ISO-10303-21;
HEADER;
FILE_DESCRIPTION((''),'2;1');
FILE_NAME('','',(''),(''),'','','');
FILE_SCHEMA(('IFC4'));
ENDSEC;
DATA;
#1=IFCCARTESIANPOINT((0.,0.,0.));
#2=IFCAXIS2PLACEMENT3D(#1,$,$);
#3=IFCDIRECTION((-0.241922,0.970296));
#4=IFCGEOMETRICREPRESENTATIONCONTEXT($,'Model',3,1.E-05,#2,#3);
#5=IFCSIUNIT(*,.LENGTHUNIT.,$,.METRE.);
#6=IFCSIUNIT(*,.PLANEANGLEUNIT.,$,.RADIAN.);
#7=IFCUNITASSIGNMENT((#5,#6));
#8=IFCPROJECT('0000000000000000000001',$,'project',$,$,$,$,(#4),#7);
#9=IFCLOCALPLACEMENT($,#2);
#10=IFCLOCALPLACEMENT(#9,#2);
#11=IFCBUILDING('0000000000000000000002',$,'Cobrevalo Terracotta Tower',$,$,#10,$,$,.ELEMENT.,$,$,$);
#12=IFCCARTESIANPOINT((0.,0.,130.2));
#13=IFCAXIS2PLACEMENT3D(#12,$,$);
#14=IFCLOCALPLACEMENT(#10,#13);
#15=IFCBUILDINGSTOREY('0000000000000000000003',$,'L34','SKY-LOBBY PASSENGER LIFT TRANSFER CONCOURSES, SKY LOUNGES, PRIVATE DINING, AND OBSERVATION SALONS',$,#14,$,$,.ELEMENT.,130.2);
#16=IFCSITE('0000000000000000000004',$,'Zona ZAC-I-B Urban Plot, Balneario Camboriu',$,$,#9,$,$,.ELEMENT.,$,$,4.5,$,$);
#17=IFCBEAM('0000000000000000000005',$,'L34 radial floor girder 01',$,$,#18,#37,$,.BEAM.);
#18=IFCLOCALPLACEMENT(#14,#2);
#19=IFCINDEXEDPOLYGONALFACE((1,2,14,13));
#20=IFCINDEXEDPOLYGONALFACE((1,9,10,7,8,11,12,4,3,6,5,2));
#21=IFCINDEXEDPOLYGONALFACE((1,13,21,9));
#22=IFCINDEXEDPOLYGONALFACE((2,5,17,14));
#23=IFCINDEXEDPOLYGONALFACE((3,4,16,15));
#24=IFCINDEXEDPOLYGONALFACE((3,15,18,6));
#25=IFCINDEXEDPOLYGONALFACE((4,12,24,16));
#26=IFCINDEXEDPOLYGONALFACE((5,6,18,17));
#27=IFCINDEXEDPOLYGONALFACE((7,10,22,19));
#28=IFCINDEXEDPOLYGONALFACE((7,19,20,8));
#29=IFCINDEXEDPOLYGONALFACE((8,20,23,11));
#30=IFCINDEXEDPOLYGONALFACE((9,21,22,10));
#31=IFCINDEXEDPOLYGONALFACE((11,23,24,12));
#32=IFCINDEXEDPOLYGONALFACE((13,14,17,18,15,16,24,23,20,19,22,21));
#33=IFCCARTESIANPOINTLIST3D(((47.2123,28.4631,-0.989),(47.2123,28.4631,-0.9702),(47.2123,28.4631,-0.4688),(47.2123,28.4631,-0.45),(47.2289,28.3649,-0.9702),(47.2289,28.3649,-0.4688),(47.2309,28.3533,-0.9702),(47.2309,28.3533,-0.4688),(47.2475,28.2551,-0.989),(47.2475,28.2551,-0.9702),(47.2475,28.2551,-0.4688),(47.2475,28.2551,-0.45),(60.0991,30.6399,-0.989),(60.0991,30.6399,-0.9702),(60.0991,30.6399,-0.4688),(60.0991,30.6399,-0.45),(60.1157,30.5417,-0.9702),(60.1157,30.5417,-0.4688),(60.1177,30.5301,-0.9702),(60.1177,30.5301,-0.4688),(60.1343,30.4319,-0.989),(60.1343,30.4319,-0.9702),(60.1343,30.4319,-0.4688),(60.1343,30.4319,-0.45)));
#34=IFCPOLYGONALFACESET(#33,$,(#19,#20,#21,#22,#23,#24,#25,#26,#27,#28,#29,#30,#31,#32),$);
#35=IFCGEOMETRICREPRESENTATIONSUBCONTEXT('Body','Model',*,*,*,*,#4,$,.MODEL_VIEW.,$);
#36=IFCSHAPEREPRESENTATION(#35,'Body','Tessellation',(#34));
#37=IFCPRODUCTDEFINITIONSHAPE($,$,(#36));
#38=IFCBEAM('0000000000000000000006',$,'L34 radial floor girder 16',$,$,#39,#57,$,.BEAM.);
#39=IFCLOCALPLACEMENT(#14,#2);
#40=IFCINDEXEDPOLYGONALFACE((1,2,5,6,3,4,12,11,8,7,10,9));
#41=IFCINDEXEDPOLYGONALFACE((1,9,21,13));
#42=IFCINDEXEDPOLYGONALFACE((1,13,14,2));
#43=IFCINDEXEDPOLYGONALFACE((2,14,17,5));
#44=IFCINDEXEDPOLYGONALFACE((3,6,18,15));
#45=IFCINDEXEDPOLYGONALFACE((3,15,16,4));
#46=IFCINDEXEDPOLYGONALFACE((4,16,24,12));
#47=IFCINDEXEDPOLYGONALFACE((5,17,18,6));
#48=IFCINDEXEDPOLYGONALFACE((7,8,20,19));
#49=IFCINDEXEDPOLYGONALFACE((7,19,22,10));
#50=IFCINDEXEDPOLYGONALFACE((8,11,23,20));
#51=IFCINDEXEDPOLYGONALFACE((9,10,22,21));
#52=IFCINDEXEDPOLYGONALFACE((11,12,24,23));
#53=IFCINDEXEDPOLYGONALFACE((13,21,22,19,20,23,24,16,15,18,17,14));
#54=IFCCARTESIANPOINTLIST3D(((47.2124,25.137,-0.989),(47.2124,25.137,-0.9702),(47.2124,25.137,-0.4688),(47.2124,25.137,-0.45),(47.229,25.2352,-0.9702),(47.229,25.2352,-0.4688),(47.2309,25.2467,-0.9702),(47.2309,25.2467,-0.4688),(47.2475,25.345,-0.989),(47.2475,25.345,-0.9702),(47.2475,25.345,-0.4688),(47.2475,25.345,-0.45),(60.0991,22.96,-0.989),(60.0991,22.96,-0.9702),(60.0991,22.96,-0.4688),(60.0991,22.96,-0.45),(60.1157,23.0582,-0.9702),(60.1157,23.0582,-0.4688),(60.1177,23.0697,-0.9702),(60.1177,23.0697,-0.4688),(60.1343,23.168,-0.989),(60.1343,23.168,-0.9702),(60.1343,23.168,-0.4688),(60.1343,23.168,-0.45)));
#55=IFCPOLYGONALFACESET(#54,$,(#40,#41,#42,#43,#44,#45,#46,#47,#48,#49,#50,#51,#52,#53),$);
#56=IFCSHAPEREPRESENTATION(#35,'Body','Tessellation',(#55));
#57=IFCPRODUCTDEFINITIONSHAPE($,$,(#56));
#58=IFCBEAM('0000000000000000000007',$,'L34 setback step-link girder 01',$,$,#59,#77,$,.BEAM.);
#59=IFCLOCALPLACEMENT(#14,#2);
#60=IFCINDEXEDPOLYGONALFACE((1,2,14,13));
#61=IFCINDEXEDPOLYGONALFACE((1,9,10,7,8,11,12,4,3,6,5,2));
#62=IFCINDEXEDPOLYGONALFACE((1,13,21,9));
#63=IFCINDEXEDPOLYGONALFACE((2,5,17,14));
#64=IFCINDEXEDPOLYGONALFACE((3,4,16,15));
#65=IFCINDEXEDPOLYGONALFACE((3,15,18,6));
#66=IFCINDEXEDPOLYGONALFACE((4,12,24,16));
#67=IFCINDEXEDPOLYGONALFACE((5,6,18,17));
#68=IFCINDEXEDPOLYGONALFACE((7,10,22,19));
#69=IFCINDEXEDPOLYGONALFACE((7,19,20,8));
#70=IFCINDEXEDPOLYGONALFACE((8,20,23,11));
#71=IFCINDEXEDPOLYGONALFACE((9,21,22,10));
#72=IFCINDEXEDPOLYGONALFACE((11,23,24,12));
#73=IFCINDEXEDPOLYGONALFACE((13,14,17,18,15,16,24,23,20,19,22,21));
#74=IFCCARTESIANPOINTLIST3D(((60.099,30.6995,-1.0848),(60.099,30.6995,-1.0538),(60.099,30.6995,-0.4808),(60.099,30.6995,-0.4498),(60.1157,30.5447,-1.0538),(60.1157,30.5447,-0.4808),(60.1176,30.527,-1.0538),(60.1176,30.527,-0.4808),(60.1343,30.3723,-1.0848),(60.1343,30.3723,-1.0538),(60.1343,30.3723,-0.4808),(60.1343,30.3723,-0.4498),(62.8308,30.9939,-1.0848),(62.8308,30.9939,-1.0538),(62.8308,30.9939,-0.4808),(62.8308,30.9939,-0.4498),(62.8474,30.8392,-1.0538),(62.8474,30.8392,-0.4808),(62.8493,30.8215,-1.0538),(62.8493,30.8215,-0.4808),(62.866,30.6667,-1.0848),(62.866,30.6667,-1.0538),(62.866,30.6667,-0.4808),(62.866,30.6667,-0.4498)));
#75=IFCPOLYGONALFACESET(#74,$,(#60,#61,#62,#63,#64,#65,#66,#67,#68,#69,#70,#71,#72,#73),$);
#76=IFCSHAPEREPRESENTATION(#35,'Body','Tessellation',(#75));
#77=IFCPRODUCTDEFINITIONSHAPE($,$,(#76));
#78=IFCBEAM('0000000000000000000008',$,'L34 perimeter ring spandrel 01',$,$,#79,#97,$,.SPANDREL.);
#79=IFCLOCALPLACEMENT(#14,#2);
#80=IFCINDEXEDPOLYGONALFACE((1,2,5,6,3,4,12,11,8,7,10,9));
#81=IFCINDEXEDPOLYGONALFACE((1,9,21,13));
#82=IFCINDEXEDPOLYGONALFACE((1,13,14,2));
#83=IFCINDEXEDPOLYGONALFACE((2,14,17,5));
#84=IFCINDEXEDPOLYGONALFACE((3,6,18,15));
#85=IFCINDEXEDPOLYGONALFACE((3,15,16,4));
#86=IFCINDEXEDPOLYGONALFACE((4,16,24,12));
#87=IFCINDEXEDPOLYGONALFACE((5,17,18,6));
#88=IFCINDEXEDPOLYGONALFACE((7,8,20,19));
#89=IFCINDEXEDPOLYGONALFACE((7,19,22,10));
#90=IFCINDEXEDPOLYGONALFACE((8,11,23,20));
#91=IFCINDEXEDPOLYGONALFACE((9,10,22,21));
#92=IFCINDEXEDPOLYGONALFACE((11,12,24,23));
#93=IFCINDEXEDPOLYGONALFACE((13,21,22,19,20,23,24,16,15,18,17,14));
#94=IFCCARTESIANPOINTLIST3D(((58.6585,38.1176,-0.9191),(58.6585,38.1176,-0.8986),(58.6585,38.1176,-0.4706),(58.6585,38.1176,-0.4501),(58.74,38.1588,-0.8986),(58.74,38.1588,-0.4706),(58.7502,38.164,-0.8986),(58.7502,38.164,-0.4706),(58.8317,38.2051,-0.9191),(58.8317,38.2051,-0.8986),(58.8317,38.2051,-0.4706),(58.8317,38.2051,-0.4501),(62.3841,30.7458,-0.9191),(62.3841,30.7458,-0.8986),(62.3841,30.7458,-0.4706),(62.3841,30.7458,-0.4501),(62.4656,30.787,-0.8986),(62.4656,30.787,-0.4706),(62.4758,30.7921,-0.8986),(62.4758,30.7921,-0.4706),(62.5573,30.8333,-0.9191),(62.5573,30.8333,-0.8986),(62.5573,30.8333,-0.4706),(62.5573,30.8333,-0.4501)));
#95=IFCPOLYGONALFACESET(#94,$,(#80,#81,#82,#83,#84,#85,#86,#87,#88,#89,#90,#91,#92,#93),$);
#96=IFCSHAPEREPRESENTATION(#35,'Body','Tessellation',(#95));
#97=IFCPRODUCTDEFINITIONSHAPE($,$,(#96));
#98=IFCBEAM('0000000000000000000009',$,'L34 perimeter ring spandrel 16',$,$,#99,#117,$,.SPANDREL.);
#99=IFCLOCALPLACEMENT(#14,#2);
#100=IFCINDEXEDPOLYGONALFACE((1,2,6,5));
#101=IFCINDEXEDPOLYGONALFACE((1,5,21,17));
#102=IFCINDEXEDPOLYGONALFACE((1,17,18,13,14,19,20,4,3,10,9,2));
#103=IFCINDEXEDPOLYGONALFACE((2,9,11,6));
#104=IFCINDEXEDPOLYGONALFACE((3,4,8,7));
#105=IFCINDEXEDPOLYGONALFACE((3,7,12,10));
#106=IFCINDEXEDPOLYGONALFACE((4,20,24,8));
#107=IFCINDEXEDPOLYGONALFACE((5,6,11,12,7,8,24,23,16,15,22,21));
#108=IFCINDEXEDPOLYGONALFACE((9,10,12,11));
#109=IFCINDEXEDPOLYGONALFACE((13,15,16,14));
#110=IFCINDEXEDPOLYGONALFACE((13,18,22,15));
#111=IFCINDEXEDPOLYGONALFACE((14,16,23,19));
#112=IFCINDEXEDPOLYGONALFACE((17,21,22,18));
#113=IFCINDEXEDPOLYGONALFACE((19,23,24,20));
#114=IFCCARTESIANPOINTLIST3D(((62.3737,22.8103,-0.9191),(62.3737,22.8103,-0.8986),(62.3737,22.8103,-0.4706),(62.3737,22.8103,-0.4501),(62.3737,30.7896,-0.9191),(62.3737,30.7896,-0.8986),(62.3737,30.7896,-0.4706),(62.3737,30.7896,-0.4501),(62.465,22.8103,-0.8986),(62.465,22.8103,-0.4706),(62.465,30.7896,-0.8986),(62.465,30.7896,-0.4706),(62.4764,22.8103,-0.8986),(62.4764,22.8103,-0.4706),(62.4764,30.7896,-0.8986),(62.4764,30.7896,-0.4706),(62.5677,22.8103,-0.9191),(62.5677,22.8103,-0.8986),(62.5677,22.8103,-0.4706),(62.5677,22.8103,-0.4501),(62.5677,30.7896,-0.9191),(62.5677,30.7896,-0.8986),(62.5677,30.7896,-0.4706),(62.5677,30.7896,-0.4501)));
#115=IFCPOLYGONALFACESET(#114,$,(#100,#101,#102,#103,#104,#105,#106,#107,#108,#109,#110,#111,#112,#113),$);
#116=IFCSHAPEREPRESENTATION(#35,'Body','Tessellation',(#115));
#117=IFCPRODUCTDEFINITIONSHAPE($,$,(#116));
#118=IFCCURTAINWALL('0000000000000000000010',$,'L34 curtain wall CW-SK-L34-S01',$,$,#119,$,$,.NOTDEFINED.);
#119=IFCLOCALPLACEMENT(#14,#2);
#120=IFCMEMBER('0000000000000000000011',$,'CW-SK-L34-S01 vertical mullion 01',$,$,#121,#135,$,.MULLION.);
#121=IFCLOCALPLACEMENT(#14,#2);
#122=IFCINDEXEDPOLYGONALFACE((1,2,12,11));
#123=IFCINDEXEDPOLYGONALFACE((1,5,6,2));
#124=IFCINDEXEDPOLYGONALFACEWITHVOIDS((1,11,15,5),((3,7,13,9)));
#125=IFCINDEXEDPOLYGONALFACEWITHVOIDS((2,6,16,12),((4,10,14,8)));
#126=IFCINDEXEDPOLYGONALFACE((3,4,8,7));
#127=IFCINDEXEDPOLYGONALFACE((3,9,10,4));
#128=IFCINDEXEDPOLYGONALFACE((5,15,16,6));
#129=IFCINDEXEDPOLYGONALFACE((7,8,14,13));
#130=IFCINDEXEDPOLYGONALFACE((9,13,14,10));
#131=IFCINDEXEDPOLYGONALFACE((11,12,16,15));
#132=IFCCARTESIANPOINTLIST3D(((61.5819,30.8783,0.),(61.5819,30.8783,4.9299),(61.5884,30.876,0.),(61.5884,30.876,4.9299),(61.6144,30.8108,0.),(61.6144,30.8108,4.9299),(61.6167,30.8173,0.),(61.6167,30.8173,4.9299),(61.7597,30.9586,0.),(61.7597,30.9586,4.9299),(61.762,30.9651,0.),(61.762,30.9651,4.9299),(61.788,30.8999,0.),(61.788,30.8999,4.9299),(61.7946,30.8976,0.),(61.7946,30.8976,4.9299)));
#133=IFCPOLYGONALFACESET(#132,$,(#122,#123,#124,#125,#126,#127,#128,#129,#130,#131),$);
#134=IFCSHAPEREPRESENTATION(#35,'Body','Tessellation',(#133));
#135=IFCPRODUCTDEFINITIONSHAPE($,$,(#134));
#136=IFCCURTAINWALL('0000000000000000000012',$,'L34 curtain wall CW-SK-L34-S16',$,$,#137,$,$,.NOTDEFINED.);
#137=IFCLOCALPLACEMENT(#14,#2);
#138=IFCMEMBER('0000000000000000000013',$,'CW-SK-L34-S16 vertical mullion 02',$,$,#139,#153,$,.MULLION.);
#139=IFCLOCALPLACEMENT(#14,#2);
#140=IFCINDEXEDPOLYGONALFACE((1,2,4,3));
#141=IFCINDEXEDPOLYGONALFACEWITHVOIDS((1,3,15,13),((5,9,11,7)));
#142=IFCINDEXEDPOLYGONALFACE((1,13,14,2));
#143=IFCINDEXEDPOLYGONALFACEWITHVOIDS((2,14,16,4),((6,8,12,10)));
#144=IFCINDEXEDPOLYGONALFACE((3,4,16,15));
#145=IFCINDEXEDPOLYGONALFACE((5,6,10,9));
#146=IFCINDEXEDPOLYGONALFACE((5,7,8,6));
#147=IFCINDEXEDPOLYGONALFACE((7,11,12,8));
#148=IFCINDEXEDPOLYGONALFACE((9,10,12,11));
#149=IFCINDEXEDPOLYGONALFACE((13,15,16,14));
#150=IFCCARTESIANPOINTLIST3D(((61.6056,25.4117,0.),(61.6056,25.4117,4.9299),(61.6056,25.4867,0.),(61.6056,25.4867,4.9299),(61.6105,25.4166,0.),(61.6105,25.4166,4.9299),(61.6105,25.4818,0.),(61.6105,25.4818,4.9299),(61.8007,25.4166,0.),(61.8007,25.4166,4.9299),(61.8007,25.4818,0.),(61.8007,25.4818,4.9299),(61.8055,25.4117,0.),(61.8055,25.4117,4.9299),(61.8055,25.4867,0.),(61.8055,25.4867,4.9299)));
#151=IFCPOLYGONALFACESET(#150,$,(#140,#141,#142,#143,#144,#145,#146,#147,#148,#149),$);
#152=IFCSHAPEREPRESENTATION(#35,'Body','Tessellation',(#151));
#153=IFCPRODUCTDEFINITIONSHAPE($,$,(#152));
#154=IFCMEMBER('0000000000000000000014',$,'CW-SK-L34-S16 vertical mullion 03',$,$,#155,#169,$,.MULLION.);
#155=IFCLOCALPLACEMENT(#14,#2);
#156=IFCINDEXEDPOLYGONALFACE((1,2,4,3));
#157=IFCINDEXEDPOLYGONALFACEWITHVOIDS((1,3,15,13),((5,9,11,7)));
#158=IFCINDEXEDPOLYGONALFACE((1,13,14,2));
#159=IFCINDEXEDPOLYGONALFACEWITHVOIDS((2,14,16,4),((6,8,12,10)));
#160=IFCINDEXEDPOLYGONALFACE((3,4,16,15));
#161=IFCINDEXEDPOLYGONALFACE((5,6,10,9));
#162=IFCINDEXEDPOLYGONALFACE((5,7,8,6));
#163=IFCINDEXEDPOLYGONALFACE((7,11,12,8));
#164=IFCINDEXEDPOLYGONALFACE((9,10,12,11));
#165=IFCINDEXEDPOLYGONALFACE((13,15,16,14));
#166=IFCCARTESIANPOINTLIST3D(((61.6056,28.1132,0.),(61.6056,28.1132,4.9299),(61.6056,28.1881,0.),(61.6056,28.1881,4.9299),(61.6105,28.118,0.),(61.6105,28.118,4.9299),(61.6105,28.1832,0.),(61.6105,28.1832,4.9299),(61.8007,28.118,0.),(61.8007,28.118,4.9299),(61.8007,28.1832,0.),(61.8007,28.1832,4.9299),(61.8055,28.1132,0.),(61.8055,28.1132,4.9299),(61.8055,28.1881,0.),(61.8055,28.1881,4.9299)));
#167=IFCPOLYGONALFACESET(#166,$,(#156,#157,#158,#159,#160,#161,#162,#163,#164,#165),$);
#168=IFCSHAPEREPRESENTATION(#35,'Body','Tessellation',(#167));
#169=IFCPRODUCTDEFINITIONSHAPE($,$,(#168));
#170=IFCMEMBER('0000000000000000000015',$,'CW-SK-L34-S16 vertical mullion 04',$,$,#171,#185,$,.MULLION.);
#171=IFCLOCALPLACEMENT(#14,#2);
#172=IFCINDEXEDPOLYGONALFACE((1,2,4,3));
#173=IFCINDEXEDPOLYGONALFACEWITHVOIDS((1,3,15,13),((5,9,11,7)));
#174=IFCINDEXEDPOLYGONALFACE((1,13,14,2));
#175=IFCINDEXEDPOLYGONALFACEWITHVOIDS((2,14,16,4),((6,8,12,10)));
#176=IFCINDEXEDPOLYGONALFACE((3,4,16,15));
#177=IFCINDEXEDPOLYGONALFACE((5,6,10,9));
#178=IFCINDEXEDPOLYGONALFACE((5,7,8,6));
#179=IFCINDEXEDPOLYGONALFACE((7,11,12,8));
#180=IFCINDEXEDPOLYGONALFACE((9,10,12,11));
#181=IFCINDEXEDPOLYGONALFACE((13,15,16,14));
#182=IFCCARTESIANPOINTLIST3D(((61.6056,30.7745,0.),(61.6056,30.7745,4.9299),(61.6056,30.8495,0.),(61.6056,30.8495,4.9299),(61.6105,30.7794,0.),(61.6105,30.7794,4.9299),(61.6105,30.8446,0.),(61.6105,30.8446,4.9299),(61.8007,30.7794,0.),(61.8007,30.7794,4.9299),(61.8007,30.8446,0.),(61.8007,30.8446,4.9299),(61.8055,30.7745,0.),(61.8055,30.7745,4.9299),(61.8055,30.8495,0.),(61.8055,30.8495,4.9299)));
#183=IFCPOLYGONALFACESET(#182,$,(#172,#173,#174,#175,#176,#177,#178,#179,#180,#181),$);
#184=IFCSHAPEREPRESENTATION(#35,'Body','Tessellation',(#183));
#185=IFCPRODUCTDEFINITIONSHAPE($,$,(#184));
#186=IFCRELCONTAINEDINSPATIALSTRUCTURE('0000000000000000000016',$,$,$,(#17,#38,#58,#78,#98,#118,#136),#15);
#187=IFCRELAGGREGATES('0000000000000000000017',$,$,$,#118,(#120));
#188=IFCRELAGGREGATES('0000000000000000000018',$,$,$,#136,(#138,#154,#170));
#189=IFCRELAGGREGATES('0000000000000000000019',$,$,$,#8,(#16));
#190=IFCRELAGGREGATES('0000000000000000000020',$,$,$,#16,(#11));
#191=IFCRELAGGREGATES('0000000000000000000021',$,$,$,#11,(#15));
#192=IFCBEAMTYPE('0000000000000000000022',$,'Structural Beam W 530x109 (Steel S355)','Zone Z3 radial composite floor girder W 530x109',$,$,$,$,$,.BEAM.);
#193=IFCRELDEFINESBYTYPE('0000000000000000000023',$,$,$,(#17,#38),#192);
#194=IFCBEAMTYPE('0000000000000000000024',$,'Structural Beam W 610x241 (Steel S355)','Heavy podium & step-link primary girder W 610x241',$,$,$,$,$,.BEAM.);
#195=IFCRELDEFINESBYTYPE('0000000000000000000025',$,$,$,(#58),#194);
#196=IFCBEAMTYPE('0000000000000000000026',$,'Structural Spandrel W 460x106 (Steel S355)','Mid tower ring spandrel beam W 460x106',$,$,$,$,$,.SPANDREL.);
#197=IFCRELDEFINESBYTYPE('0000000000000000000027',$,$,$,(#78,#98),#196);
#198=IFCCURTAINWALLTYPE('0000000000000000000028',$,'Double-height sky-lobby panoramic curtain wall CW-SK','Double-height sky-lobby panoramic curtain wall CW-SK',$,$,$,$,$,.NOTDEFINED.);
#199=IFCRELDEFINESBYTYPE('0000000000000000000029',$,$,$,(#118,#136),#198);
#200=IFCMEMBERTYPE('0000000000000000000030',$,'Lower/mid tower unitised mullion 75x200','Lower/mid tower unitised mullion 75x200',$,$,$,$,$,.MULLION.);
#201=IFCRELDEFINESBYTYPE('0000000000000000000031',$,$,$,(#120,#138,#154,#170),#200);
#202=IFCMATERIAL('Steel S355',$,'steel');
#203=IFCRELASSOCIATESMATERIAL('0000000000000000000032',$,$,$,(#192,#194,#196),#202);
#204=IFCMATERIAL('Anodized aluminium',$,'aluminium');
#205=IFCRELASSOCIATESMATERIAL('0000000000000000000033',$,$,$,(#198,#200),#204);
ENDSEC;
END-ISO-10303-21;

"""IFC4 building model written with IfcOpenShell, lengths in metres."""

from ifc_helpers import new_model, si_unit, direction, frame, origin, origin_2d, place, context, subcontext, project, spatial, hollow_rectangle, i_section, extrude, source, transform, mapped, material, material_profile, profile_set, type_object, element, aggregate, save


model = new_model("IFC4")

# Units and contexts
model_context = context("Model", 3, precision=1e-05, world=origin(), true_north=direction((-0.241922, 0.970296)))
body_context = subcontext(model_context, "Body", "Model", "MODEL_VIEW")
ifc_project = project(units=[si_unit("LENGTHUNIT", "METRE"), si_unit("PLANEANGLEUNIT", "RADIAN")], contexts=[model_context])

# Site, building, storey
site_placement = place(None, origin())
site = spatial("IfcSite", under=ifc_project, at=site_placement, Name="Zona ZAC-I-B Urban Plot, Balneario Camboriu", CompositionType="ELEMENT", RefElevation=4.5)
building_placement = place(site_placement, origin())
building = spatial("IfcBuilding", under=site, at=building_placement, Name="Cobrevalo Terracotta Tower", CompositionType="ELEMENT")
storey_placement = place(building_placement, frame((0.0, 0.0, 130.2)))
storey = spatial("IfcBuildingStorey", under=building, at=storey_placement, Name="L34", Description="SKY-LOBBY PASSENGER LIFT TRANSFER CONCOURSES, SKY LOUNGES, PRIVATE DINING, AND OBSERVATION SALONS", CompositionType="ELEMENT", Elevation=130.2)

# Shared definitions
ifc_material_1 = material(Name="Steel S355", Category="steel")

# Beams
ifc_material_profile_1 = material_profile(ifc_material_1, i_section(OverallWidth=0.2109, OverallDepth=0.5391, WebThickness=0.0117, FlangeThickness=0.0188, at=origin_2d()), Name="W 530x109")
ifc_profile_set_1 = profile_set([ifc_material_profile_1], Name="Steel S355")
beam_type_1 = type_object("IfcBeamType", Name="Structural Beam W 530x109 (Steel S355)", Description="Zone Z3 radial composite floor girder W 530x109", PredefinedType="BEAM", material=ifc_profile_set_1)
for number, where, z_axis, x_axis, name in (
    (1, (60.1167, 30.5359, -0.7195), (-0.986032, -0.166555, 0.0), (0.166555, -0.986032, 0.0), "L34 radial floor girder 01"),
    (2, (60.1167, 23.064, -0.7195), (-0.986029, 0.166574, 0.0), (-0.166574, -0.986029, 0.0), "L34 radial floor girder 16"),
):
    element("IfcBeam", number, at=place(storey_placement, frame(where, z_axis=z_axis, x_axis=x_axis)), inside=storey, type_object=beam_type_1, Name=name, PredefinedType="BEAM", context=body_context, shape_type="SweptSolid", body=[
        extrude(i_section(OverallWidth=0.2109, OverallDepth=0.5391, WebThickness=0.0117, FlangeThickness=0.0188, at=origin_2d()), origin(), (0.0, 0.0, 1.0), 13.0693),
    ])
ifc_material_profile_2 = material_profile(ifc_material_1, i_section(OverallWidth=0.3291, OverallDepth=0.635, WebThickness=0.0178, FlangeThickness=0.031, at=origin_2d()), Name="W 610x241")
ifc_profile_set_2 = profile_set([ifc_material_profile_2], Name="Steel S355")
beam_type_2 = type_object("IfcBeamType", Name="Structural Beam W 610x241 (Steel S355)", Description="Heavy podium & step-link primary girder W 610x241", PredefinedType="BEAM", material=ifc_profile_set_2)
beam_1_placement = place(storey_placement, frame((62.8484, 30.8303, -0.7673), z_axis=(-0.994241, -0.107164, 0.0), x_axis=(0.107164, -0.994241, 0.0)))
element("IfcBeam", 3, at=beam_1_placement, inside=storey, type_object=beam_type_2, Name="L34 setback step-link girder 01", PredefinedType="BEAM", context=body_context, shape_type="SweptSolid", body=[
    extrude(i_section(OverallWidth=0.3291, OverallDepth=0.635, WebThickness=0.0178, FlangeThickness=0.031, at=origin_2d()), origin(), (0.0, 0.0, 1.0), 2.7476),
])
ifc_material_profile_3 = material_profile(ifc_material_1, i_section(OverallWidth=0.1941, OverallDepth=0.469, WebThickness=0.0115, FlangeThickness=0.0205, at=origin_2d()), Name="W 460x106")
ifc_profile_set_3 = profile_set([ifc_material_profile_3], Name="Steel S355")
beam_type_3 = type_object("IfcBeamType", Name="Structural Spandrel W 460x106 (Steel S355)", Description="Mid tower ring spandrel beam W 460x106", PredefinedType="SPANDREL", material=ifc_profile_set_3)
beam_2_placement = place(storey_placement, frame((62.4707, 30.7896, -0.6846), z_axis=(-0.451052, 0.892498, 0.0), x_axis=(-0.892498, -0.451052, 0.0)))
element("IfcBeam", 4, at=beam_2_placement, inside=storey, type_object=beam_type_3, Name="L34 perimeter ring spandrel 01", PredefinedType="SPANDREL", context=body_context, shape_type="SweptSolid", body=[
    extrude(i_section(OverallWidth=0.1941, OverallDepth=0.469, WebThickness=0.0115, FlangeThickness=0.0205, at=origin_2d()), origin(), (0.0, 0.0, 1.0), 8.2598),
])
beam_3_placement = place(storey_placement, frame((62.4707, 22.8103, -0.6846), z_axis=(0.0, 1.0, 0.0), x_axis=(-1.0, 0.0, 0.0)))
element("IfcBeam", 5, at=beam_3_placement, inside=storey, type_object=beam_type_3, Name="L34 perimeter ring spandrel 16", PredefinedType="SPANDREL", context=body_context, shape_type="SweptSolid", body=[
    extrude(i_section(OverallWidth=0.1941, OverallDepth=0.469, WebThickness=0.0115, FlangeThickness=0.0205, at=origin_2d()), origin(), (0.0, 0.0, 1.0), 7.9792),
])

# Curtain wall, member
ifc_material_2 = material(Name="Anodized aluminium", Category="aluminium")
curtain_wall_type = type_object("IfcCurtainWallType", Name="Double-height sky-lobby panoramic curtain wall CW-SK", Description="Double-height sky-lobby panoramic curtain wall CW-SK", PredefinedType="NOTDEFINED", material=ifc_material_2)
curtain_wall_1_placement = place(storey_placement, origin())
curtain_wall_1 = element("IfcCurtainWall", 6, at=curtain_wall_1_placement, inside=storey, type_object=curtain_wall_type, Name="L34 curtain wall CW-SK-L34-S01", PredefinedType="NOTDEFINED")
ifc_material_profile_4 = material_profile(ifc_material_2, hollow_rectangle(XDim=0.075, YDim=0.2, WallThickness=0.0049, at=origin_2d()), Name="CWM 75x200")
ifc_profile_set_4 = profile_set([ifc_material_profile_4], Name="Anodized aluminium")
member_type_1 = type_object("IfcMemberType", Name="Lower/mid tower unitised mullion 75x200", Description="Lower/mid tower unitised mullion 75x200", PredefinedType="MULLION", material=ifc_profile_set_4)
shared_shape_1 = source(origin(), body_context, "Body", "SweptSolid", [
    extrude(hollow_rectangle(XDim=0.075, YDim=0.2, WallThickness=0.0049, at=origin_2d()), origin(), (0.0, 0.0, 1.0), 4.9299),
])
member_1_placement = place(storey_placement, frame((61.6882, 30.8879, 0.0), z_axis=(0.0, 0.0, 1.0), x_axis=(-0.434209, 0.900812, 0.0)))
member_1 = element("IfcMember", 7, at=member_1_placement, type_object=member_type_1, Name="CW-SK-L34-S01 vertical mullion 01", PredefinedType="MULLION", context=body_context, shape_type="MappedRepresentation", body=[
    mapped(shared_shape_1, transform((0.0, 0.0, 0.0), scale=1.0)),
])

# Curtain wall, members
curtain_wall_2_placement = place(storey_placement, origin())
curtain_wall_2 = element("IfcCurtainWall", 8, at=curtain_wall_2_placement, inside=storey, type_object=curtain_wall_type, Name="L34 curtain wall CW-SK-L34-S16", PredefinedType="NOTDEFINED")
member_2_placement = place(storey_placement, frame((61.7056, 25.4492, 0.0), z_axis=(0.0, 0.0, 1.0), x_axis=(0.0, 1.0, 0.0)))
member_2 = element("IfcMember", 9, at=member_2_placement, type_object=member_type_1, Name="CW-SK-L34-S16 vertical mullion 02", PredefinedType="MULLION", context=body_context, shape_type="MappedRepresentation", body=[
    mapped(shared_shape_1, transform((0.0, 0.0, 0.0), scale=1.0)),
])
member_3_placement = place(storey_placement, frame((61.7056, 28.1506, 0.0), z_axis=(0.0, 0.0, 1.0), x_axis=(0.0, 1.0, 0.0)))
member_3 = element("IfcMember", 10, at=member_3_placement, type_object=member_type_1, Name="CW-SK-L34-S16 vertical mullion 03", PredefinedType="MULLION", context=body_context, shape_type="MappedRepresentation", body=[
    mapped(shared_shape_1, transform((0.0, 0.0, 0.0), scale=1.0)),
])
member_4_placement = place(storey_placement, frame((61.7056, 30.812, 0.0), z_axis=(0.0, 0.0, 1.0), x_axis=(0.0, 1.0, 0.0)))
member_4 = element("IfcMember", 11, at=member_4_placement, type_object=member_type_1, Name="CW-SK-L34-S16 vertical mullion 04", PredefinedType="MULLION", context=body_context, shape_type="MappedRepresentation", body=[
    mapped(shared_shape_1, transform((0.0, 0.0, 0.0), scale=1.0)),
])

aggregate(curtain_wall_1, [member_1])

aggregate(curtain_wall_2, [member_2, member_3, member_4])

save(model, "model.ifc")
